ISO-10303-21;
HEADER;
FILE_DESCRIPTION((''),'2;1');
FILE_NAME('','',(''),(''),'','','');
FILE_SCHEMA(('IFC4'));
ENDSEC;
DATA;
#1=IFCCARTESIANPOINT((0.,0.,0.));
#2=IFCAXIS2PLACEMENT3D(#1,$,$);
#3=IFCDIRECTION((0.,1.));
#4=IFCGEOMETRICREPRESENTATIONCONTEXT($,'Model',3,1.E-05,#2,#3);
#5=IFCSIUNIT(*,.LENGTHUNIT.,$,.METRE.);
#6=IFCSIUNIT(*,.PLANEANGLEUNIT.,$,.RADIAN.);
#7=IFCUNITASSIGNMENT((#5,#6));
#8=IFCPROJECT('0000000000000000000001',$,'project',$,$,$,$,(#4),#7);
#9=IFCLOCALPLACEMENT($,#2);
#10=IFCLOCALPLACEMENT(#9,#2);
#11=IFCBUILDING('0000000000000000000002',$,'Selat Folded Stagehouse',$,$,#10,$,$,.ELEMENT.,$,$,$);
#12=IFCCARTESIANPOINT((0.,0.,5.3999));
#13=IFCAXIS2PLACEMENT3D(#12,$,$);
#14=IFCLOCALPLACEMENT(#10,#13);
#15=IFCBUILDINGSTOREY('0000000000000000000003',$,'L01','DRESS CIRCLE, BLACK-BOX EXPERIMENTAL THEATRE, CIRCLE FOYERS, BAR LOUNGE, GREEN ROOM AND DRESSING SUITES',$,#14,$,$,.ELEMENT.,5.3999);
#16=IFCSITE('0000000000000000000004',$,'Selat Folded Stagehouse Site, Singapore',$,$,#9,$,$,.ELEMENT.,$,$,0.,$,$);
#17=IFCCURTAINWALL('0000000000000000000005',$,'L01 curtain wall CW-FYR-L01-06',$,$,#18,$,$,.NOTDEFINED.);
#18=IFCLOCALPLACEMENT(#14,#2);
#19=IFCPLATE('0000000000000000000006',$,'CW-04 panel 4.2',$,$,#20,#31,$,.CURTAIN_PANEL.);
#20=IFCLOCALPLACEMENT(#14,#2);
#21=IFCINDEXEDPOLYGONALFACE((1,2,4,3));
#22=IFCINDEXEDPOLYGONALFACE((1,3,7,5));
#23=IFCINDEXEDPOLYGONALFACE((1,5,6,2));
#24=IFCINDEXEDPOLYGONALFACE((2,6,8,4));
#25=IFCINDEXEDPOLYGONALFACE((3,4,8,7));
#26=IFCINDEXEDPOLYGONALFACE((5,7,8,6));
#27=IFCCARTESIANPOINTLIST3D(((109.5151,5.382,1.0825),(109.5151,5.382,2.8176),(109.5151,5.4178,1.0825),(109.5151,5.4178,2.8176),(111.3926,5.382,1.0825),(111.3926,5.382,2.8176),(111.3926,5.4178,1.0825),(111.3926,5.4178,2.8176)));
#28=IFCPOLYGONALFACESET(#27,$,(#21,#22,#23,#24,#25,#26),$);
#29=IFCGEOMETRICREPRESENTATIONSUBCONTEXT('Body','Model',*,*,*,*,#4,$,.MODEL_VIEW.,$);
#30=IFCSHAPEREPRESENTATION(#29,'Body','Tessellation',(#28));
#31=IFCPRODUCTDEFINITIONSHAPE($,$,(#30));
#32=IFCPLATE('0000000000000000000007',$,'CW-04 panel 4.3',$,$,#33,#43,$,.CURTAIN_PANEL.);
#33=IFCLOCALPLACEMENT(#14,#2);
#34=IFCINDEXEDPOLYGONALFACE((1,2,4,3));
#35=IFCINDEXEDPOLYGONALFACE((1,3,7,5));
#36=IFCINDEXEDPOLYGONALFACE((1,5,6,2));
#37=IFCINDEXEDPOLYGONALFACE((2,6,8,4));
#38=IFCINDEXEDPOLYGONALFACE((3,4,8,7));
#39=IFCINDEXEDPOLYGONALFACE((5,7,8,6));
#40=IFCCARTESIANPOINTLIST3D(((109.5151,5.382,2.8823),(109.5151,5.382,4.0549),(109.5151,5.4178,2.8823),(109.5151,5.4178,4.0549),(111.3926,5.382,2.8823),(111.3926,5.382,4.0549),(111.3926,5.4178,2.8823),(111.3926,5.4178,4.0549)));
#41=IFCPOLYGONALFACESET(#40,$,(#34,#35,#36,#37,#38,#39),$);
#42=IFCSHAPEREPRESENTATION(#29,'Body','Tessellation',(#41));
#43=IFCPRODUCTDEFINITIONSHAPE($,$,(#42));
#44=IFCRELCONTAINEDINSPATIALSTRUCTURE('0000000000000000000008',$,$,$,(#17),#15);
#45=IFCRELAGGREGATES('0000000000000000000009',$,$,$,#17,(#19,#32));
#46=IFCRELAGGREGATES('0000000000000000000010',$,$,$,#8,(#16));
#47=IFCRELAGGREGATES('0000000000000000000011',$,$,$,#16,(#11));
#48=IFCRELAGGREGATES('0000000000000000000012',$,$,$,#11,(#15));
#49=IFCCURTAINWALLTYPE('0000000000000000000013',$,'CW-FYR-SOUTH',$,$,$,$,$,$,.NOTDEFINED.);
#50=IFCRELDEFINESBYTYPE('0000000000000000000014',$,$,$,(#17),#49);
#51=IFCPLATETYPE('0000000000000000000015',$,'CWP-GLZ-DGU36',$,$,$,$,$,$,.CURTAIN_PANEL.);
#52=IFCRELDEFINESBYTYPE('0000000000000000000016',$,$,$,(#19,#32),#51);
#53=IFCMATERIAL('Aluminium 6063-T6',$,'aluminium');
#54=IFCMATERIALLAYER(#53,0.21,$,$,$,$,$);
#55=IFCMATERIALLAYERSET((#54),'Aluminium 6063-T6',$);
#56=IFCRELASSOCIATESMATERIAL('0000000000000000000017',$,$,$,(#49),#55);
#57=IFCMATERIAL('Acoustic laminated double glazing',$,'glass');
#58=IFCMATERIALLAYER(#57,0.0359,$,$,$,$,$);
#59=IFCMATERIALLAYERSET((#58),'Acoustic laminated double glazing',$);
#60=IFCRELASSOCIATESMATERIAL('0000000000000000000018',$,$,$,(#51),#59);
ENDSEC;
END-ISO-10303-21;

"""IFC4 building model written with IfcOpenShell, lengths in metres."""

from ifc_helpers import new_model, si_unit, direction, frame, origin, origin_2d, place, context, subcontext, project, spatial, rectangle, extrude, material, layer, layer_set, type_object, element, aggregate, save


model = new_model("IFC4")

# Units and contexts
model_context = context("Model", 3, precision=1e-05, world=origin(), true_north=direction((0.0, 1.0)))
body_context = subcontext(model_context, "Body", "Model", "MODEL_VIEW")
ifc_project = project(units=[si_unit("LENGTHUNIT", "METRE"), si_unit("PLANEANGLEUNIT", "RADIAN")], contexts=[model_context])

# Site, building, storey
site_placement = place(None, origin())
site = spatial("IfcSite", under=ifc_project, at=site_placement, Name="Selat Folded Stagehouse Site, Singapore", CompositionType="ELEMENT", RefElevation=0.0)
building_placement = place(site_placement, origin())
building = spatial("IfcBuilding", under=site, at=building_placement, Name="Selat Folded Stagehouse", CompositionType="ELEMENT")
storey_placement = place(building_placement, frame((0.0, 0.0, 5.3999)))
storey = spatial("IfcBuildingStorey", under=building, at=storey_placement, Name="L01", Description="DRESS CIRCLE, BLACK-BOX EXPERIMENTAL THEATRE, CIRCLE FOYERS, BAR LOUNGE, GREEN ROOM AND DRESSING SUITES", CompositionType="ELEMENT", Elevation=5.3999)

# Curtain wall
ifc_material_1 = material(Name="Aluminium 6063-T6", Category="aluminium")
ifc_layer_1 = layer(ifc_material_1, 0.21)
ifc_layer_set_1 = layer_set([ifc_layer_1], Name="Aluminium 6063-T6")
curtain_wall_type = type_object("IfcCurtainWallType", Name="CW-FYR-SOUTH", PredefinedType="NOTDEFINED", material=ifc_layer_set_1)
curtain_wall_placement = place(storey_placement, origin())
curtain_wall = element("IfcCurtainWall", 1, at=curtain_wall_placement, inside=storey, type_object=curtain_wall_type, Name="L01 curtain wall CW-FYR-L01-06", PredefinedType="NOTDEFINED")

# Plates
ifc_material_2 = material(Name="Acoustic laminated double glazing", Category="glass")
ifc_layer_2 = layer(ifc_material_2, 0.0359)
ifc_layer_set_2 = layer_set([ifc_layer_2], Name="Acoustic laminated double glazing")
plate_type = type_object("IfcPlateType", Name="CWP-GLZ-DGU36", PredefinedType="CURTAIN_PANEL", material=ifc_layer_set_2)
plate_1_placement = place(storey_placement, frame((110.4539, 5.3999, 1.0825), z_axis=(0.0, 0.0, 1.0), x_axis=(-1.0, 0.0, 0.0)))
plate_1 = element("IfcPlate", 2, at=plate_1_placement, type_object=plate_type, Name="CW-04 panel 4.2", PredefinedType="CURTAIN_PANEL", context=body_context, shape_type="SweptSolid", body=[
    extrude(rectangle(XDim=1.8774, YDim=0.0359, at=origin_2d()), origin(), (0.0, 0.0, 1.0), 1.7351),
])
plate_2_placement = place(storey_placement, frame((110.4539, 5.3999, 2.8823), z_axis=(0.0, 0.0, 1.0), x_axis=(-1.0, 0.0, 0.0)))
plate_2 = element("IfcPlate", 3, at=plate_2_placement, type_object=plate_type, Name="CW-04 panel 4.3", PredefinedType="CURTAIN_PANEL", context=body_context, shape_type="SweptSolid", body=[
    extrude(rectangle(XDim=1.8774, YDim=0.0359, at=origin_2d()), origin(), (0.0, 0.0, 1.0), 1.1726),
])
aggregate(curtain_wall, [plate_1, plate_2])

save(model, "model.ifc")
